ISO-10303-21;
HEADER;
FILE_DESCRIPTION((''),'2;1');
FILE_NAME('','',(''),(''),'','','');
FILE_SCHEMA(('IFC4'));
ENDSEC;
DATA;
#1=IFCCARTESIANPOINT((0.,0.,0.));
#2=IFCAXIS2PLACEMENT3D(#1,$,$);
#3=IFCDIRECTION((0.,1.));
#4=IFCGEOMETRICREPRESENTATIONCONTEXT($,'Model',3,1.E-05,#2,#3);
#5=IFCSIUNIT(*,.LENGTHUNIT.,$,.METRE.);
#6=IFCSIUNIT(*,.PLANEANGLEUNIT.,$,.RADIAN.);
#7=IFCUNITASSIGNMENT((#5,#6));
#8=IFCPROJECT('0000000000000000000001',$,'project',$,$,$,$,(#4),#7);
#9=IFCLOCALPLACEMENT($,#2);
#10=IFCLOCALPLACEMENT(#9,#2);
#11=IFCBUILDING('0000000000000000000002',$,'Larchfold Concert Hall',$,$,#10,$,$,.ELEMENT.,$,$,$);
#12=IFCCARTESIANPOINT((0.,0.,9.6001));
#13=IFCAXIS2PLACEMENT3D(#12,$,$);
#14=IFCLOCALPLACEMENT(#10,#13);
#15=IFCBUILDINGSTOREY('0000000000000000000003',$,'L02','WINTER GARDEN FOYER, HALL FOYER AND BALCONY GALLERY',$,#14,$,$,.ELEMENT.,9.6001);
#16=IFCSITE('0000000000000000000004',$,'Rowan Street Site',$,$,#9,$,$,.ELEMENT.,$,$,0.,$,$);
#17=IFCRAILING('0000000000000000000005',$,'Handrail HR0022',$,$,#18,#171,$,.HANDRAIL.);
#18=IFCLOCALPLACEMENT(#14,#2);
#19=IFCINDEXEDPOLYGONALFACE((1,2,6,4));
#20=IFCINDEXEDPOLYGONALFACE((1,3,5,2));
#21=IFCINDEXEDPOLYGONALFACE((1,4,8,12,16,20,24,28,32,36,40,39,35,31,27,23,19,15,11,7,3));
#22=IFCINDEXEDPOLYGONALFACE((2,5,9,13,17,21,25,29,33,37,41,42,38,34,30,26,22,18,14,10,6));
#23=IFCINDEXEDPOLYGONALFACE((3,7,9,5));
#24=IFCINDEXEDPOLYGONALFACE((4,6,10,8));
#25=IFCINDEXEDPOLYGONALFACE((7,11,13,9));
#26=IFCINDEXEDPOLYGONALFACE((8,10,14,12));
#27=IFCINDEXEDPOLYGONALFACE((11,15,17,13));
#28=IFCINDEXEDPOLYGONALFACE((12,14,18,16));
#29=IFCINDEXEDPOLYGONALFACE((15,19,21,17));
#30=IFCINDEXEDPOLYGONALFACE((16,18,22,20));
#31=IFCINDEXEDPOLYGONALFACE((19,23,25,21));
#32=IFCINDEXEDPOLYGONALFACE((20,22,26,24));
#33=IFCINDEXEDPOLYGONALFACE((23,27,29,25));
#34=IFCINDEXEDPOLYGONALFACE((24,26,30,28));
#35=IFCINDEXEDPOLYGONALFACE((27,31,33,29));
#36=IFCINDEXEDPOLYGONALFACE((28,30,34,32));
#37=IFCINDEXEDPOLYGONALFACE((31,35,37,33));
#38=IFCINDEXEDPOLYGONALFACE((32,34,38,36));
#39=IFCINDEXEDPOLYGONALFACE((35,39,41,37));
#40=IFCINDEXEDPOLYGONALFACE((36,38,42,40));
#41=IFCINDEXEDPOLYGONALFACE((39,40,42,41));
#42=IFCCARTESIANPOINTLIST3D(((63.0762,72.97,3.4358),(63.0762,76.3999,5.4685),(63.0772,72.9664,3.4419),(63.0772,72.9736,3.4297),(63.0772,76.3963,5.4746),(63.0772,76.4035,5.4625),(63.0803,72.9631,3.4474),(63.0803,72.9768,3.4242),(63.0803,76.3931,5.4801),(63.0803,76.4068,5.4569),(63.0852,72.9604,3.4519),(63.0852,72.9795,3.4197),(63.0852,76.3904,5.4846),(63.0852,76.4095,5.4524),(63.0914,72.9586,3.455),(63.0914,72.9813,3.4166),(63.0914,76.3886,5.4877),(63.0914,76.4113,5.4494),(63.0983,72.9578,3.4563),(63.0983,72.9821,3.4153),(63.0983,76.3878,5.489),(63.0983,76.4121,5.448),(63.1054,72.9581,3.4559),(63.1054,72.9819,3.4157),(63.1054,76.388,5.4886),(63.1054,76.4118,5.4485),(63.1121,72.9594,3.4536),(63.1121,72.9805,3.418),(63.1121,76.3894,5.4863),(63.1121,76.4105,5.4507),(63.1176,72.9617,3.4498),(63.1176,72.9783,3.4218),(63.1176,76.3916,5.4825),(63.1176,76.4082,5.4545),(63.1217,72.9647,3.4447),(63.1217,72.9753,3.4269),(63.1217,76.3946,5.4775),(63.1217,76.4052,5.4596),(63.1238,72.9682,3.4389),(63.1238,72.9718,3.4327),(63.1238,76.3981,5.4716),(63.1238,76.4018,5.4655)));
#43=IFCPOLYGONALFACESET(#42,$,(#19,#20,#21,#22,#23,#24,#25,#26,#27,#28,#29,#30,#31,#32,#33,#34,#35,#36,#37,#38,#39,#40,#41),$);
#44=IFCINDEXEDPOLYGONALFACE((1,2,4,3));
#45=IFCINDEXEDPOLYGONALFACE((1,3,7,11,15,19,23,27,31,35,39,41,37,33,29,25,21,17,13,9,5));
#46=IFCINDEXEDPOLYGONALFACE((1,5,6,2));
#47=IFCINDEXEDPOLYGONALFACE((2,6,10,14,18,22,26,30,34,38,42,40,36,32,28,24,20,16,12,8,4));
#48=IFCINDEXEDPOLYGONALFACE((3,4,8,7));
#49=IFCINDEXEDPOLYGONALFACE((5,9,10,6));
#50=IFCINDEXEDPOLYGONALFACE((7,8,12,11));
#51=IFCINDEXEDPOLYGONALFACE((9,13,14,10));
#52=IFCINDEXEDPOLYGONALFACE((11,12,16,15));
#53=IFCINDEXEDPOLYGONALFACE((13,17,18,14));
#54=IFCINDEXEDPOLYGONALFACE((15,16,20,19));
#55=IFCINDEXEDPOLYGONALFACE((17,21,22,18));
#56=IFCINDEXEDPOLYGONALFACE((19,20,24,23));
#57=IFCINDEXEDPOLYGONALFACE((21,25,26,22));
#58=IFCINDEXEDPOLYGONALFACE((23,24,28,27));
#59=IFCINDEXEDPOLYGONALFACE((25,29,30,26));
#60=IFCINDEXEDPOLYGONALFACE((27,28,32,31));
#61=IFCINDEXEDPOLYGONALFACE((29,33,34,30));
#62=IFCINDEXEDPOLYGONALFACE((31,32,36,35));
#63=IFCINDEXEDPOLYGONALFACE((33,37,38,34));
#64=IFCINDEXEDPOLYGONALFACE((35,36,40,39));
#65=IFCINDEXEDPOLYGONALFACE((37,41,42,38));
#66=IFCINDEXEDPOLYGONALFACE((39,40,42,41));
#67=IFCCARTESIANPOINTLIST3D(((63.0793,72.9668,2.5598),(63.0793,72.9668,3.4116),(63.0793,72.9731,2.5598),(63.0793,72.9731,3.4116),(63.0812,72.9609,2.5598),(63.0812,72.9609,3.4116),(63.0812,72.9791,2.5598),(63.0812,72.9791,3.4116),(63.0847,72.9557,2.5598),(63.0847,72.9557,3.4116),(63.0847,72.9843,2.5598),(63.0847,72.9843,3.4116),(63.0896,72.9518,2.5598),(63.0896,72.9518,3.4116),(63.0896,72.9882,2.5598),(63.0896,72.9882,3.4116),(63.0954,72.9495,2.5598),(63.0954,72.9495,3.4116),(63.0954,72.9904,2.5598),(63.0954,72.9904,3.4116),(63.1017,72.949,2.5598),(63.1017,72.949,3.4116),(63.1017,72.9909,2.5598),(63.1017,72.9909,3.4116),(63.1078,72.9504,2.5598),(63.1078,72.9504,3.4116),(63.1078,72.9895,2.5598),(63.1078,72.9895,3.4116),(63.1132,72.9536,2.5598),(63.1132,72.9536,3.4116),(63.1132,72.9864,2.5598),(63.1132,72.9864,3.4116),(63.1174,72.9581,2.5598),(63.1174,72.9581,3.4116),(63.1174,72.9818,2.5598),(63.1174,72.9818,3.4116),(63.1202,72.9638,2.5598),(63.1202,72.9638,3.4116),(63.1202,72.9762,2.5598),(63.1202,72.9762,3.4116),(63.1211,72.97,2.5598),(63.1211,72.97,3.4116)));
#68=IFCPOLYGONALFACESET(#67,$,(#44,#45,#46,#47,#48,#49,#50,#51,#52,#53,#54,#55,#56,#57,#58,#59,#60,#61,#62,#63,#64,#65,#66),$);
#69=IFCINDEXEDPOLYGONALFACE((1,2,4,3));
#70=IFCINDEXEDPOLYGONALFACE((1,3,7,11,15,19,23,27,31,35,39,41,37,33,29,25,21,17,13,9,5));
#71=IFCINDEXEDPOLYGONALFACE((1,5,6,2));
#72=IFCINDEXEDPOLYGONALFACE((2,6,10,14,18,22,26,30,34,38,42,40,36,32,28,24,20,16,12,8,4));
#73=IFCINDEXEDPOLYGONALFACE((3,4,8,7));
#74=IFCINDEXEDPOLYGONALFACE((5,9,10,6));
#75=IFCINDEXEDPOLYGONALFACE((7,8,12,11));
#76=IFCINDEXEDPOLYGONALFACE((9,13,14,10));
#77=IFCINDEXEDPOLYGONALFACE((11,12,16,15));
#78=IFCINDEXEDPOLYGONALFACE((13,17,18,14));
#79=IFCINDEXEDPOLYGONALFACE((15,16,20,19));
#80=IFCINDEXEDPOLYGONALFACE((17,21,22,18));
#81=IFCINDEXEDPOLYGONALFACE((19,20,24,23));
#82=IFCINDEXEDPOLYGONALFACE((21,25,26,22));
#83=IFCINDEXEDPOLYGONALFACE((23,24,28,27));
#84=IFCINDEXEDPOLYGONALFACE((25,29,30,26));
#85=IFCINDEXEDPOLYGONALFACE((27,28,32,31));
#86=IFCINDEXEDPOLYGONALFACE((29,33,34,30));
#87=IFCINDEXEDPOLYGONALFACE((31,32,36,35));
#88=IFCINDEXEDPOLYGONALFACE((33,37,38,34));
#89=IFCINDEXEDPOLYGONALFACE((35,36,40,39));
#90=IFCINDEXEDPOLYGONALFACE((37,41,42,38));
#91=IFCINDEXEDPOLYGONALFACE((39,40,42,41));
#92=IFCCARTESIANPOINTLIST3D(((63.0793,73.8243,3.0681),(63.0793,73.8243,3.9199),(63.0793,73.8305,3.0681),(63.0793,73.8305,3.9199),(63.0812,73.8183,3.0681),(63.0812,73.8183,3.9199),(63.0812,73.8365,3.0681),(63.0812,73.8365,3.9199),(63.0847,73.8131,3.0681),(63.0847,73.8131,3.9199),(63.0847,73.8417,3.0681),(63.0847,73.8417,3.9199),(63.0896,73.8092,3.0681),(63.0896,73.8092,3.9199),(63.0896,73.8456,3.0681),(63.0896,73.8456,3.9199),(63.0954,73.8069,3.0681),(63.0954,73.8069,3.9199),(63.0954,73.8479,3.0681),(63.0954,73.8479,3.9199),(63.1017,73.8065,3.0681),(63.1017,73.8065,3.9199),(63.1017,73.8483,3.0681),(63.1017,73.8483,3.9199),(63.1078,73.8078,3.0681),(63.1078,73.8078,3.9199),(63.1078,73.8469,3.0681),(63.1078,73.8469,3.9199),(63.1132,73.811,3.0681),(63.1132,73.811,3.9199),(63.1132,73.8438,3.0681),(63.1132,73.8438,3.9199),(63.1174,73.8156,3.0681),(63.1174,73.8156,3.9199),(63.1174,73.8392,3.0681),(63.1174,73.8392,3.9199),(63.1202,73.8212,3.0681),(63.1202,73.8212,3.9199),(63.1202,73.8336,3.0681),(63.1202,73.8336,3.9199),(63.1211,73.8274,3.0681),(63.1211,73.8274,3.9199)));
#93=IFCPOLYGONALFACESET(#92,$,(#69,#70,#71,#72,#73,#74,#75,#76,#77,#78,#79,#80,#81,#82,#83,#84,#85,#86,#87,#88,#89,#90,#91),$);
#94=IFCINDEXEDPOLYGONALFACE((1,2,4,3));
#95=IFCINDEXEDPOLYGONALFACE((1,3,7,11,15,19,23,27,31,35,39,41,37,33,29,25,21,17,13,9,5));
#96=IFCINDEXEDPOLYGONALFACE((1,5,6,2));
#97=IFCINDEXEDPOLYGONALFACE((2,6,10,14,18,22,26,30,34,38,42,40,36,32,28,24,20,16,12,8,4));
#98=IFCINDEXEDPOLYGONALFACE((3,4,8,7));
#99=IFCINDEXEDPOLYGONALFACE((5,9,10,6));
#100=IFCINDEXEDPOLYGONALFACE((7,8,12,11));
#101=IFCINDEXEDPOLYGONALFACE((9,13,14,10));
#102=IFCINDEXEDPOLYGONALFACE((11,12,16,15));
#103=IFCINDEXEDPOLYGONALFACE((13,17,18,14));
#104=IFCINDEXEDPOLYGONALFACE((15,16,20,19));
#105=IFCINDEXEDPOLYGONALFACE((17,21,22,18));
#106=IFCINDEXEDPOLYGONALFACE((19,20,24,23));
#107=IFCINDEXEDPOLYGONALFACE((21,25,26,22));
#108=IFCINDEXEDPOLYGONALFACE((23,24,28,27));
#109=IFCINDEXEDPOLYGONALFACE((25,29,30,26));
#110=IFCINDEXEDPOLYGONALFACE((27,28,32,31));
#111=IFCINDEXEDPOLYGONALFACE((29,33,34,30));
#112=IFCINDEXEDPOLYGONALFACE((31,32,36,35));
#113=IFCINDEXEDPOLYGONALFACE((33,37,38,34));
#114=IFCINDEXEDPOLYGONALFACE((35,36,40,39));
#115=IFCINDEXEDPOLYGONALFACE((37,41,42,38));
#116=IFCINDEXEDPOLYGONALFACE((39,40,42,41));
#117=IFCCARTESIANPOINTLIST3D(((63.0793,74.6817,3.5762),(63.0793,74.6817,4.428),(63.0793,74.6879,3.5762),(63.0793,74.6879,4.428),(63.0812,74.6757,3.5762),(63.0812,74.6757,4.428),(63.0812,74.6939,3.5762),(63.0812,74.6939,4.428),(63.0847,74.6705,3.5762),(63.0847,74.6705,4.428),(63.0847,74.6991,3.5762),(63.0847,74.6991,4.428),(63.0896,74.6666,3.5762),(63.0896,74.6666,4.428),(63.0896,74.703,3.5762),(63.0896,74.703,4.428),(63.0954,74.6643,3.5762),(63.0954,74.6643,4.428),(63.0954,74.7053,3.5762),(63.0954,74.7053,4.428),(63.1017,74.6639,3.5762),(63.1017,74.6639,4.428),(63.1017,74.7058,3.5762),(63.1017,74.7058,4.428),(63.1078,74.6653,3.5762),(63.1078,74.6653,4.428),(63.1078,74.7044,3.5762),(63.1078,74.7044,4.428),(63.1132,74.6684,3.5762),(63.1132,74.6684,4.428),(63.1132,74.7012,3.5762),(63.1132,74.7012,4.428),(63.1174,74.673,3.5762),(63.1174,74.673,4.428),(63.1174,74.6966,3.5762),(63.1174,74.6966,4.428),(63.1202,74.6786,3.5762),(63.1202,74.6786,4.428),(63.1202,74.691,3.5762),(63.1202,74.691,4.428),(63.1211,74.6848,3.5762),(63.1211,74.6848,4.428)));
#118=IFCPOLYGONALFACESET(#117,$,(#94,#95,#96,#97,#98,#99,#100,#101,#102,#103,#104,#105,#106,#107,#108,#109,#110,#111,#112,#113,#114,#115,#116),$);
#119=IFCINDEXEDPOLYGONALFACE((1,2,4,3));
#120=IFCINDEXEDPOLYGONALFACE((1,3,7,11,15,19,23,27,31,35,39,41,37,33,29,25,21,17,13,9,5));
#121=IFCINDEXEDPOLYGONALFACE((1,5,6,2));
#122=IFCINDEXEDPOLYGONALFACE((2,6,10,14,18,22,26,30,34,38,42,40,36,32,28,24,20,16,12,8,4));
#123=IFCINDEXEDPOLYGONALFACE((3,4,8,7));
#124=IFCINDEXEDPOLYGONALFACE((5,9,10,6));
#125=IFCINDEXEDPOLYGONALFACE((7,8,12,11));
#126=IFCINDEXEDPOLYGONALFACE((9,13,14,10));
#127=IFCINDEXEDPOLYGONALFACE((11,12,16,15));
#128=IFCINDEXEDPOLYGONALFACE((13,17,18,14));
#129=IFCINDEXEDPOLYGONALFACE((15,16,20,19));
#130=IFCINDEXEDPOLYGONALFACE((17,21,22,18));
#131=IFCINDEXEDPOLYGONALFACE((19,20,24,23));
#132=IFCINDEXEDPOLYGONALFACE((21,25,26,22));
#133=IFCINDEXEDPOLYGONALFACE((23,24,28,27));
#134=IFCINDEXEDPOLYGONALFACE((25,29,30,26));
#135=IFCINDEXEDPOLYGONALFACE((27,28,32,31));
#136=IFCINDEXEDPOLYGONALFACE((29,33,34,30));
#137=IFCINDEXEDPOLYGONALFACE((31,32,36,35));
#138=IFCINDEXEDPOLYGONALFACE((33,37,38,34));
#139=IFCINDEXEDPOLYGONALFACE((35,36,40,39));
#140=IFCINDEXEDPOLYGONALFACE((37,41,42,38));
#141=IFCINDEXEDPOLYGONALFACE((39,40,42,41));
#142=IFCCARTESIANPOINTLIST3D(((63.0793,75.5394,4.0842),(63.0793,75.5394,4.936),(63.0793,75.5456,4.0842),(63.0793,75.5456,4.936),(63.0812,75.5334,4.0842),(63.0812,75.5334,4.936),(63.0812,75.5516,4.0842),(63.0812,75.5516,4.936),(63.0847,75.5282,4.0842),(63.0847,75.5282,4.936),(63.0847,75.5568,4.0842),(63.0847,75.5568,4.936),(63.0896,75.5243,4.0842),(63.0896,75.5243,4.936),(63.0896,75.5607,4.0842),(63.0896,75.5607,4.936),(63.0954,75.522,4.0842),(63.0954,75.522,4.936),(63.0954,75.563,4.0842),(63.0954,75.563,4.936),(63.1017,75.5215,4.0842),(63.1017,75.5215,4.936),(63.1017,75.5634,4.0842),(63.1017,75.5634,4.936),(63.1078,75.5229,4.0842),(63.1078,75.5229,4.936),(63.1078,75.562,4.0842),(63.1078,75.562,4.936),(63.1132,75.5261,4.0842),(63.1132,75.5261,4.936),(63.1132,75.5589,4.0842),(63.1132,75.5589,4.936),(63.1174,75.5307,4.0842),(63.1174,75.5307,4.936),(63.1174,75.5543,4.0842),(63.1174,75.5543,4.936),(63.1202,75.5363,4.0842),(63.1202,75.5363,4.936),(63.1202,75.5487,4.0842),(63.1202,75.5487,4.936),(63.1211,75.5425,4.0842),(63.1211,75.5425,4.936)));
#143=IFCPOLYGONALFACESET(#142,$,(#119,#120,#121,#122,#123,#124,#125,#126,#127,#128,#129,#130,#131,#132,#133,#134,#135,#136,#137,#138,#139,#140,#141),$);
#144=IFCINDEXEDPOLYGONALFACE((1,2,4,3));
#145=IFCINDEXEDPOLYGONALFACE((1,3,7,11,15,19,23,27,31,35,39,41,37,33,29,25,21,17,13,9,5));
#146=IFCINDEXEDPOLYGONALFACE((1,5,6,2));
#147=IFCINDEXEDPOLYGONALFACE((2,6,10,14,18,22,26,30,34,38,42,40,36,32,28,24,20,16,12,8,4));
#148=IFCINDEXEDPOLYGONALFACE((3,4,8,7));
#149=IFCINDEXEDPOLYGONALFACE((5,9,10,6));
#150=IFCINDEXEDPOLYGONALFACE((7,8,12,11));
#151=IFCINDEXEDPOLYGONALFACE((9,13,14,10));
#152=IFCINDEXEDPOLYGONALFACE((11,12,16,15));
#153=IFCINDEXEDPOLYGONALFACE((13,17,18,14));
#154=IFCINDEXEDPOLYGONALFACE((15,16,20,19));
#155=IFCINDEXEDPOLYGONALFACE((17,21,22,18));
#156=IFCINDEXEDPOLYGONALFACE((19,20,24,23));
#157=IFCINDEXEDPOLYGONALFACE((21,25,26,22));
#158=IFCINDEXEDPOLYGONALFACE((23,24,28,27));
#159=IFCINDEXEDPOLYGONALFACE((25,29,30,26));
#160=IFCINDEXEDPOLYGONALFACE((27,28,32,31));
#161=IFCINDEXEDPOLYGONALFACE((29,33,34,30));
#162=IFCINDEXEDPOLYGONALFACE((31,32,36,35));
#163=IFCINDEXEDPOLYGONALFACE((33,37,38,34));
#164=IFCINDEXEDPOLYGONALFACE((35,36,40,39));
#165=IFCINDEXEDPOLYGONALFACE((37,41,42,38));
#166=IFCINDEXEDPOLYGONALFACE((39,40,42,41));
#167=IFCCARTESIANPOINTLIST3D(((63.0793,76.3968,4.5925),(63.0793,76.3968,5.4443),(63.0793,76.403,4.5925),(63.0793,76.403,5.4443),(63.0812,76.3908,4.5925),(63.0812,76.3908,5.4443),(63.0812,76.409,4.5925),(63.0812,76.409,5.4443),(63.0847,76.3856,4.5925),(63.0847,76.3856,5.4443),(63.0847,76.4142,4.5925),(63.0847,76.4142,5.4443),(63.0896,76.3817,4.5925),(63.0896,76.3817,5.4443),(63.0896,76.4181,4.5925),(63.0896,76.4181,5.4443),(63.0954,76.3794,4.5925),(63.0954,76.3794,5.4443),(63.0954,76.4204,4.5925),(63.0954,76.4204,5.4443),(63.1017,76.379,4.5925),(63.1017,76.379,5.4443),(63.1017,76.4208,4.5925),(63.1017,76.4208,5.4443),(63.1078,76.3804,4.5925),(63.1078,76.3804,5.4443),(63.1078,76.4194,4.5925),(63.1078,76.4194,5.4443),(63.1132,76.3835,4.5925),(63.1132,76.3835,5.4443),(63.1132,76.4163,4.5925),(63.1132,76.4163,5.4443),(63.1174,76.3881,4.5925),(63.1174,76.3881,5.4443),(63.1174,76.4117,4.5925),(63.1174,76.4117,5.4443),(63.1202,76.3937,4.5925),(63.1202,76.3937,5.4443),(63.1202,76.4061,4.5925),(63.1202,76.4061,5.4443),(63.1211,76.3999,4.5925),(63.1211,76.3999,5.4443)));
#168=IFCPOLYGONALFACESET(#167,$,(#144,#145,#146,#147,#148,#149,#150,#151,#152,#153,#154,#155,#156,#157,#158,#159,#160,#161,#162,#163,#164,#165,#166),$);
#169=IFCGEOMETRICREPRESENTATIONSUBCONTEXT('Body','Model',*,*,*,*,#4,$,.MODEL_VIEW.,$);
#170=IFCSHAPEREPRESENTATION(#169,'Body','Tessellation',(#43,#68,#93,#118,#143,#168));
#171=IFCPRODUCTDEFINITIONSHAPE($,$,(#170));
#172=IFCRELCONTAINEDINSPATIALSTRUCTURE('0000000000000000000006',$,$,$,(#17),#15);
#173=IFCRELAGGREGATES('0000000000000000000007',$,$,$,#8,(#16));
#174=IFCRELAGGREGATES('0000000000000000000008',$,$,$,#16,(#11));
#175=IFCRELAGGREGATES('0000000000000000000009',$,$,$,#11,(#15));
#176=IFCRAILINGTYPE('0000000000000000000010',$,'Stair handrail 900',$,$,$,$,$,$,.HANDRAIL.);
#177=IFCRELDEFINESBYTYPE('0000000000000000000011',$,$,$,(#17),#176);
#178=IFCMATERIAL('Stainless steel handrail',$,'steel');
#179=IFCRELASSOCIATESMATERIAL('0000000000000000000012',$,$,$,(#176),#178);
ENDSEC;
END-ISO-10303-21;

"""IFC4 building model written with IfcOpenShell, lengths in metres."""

from ifc_helpers import new_model, si_unit, direction, frame, origin, origin_2d, place, context, subcontext, project, spatial, circle, extrude, material, type_object, element, save


model = new_model("IFC4")

# Units and contexts
model_context = context("Model", 3, precision=1e-05, world=origin(), true_north=direction((0.0, 1.0)))
body_context = subcontext(model_context, "Body", "Model", "MODEL_VIEW")
ifc_project = project(units=[si_unit("LENGTHUNIT", "METRE"), si_unit("PLANEANGLEUNIT", "RADIAN")], contexts=[model_context])

# Site, building, storey
site_placement = place(None, origin())
site = spatial("IfcSite", under=ifc_project, at=site_placement, Name="Rowan Street Site", CompositionType="ELEMENT", RefElevation=0.0)
building_placement = place(site_placement, origin())
building = spatial("IfcBuilding", under=site, at=building_placement, Name="Larchfold Concert Hall", CompositionType="ELEMENT")
storey_placement = place(building_placement, frame((0.0, 0.0, 9.6001)))
storey = spatial("IfcBuildingStorey", under=building, at=storey_placement, Name="L02", Description="WINTER GARDEN FOYER, HALL FOYER AND BALCONY GALLERY", CompositionType="ELEMENT", Elevation=9.6001)

# Railing
ifc_material_1 = material(Name="Stainless steel handrail", Category="steel")
railing_type_1 = type_object("IfcRailingType", Name="Stair handrail 900", PredefinedType="HANDRAIL", material=ifc_material_1)
railing_1_placement = place(storey_placement, frame((63.1001, 72.97, 2.5598)))
element("IfcRailing", 1, at=railing_1_placement, inside=storey, type_object=railing_type_1, Name="Handrail HR0022", PredefinedType="HANDRAIL", context=body_context, shape_type="SweptSolid", body=[
    extrude(circle(Radius=0.0239, at=origin_2d()), frame((0.0, 0.0, 0.876), z_axis=(0.0, 0.860274, 0.509833), x_axis=(-1.0, 0.0, 0.0)), (0.0, 0.0, 1.0), 3.9871),
    extrude(circle(Radius=0.021, at=origin_2d()), origin(), (0.0, 0.0, 1.0), 0.8518),
    extrude(circle(Radius=0.021, at=origin_2d()), frame((0.0, 0.8574, 0.5083)), (0.0, 0.0, 1.0), 0.8518),
    extrude(circle(Radius=0.021, at=origin_2d()), frame((0.0, 1.7148, 1.0164)), (0.0, 0.0, 1.0), 0.8518),
    extrude(circle(Radius=0.021, at=origin_2d()), frame((0.0, 2.5725, 1.5244)), (0.0, 0.0, 1.0), 0.8518),
    extrude(circle(Radius=0.021, at=origin_2d()), frame((0.0, 3.4299, 2.0327)), (0.0, 0.0, 1.0), 0.8518),
])

save(model, "model.ifc")
